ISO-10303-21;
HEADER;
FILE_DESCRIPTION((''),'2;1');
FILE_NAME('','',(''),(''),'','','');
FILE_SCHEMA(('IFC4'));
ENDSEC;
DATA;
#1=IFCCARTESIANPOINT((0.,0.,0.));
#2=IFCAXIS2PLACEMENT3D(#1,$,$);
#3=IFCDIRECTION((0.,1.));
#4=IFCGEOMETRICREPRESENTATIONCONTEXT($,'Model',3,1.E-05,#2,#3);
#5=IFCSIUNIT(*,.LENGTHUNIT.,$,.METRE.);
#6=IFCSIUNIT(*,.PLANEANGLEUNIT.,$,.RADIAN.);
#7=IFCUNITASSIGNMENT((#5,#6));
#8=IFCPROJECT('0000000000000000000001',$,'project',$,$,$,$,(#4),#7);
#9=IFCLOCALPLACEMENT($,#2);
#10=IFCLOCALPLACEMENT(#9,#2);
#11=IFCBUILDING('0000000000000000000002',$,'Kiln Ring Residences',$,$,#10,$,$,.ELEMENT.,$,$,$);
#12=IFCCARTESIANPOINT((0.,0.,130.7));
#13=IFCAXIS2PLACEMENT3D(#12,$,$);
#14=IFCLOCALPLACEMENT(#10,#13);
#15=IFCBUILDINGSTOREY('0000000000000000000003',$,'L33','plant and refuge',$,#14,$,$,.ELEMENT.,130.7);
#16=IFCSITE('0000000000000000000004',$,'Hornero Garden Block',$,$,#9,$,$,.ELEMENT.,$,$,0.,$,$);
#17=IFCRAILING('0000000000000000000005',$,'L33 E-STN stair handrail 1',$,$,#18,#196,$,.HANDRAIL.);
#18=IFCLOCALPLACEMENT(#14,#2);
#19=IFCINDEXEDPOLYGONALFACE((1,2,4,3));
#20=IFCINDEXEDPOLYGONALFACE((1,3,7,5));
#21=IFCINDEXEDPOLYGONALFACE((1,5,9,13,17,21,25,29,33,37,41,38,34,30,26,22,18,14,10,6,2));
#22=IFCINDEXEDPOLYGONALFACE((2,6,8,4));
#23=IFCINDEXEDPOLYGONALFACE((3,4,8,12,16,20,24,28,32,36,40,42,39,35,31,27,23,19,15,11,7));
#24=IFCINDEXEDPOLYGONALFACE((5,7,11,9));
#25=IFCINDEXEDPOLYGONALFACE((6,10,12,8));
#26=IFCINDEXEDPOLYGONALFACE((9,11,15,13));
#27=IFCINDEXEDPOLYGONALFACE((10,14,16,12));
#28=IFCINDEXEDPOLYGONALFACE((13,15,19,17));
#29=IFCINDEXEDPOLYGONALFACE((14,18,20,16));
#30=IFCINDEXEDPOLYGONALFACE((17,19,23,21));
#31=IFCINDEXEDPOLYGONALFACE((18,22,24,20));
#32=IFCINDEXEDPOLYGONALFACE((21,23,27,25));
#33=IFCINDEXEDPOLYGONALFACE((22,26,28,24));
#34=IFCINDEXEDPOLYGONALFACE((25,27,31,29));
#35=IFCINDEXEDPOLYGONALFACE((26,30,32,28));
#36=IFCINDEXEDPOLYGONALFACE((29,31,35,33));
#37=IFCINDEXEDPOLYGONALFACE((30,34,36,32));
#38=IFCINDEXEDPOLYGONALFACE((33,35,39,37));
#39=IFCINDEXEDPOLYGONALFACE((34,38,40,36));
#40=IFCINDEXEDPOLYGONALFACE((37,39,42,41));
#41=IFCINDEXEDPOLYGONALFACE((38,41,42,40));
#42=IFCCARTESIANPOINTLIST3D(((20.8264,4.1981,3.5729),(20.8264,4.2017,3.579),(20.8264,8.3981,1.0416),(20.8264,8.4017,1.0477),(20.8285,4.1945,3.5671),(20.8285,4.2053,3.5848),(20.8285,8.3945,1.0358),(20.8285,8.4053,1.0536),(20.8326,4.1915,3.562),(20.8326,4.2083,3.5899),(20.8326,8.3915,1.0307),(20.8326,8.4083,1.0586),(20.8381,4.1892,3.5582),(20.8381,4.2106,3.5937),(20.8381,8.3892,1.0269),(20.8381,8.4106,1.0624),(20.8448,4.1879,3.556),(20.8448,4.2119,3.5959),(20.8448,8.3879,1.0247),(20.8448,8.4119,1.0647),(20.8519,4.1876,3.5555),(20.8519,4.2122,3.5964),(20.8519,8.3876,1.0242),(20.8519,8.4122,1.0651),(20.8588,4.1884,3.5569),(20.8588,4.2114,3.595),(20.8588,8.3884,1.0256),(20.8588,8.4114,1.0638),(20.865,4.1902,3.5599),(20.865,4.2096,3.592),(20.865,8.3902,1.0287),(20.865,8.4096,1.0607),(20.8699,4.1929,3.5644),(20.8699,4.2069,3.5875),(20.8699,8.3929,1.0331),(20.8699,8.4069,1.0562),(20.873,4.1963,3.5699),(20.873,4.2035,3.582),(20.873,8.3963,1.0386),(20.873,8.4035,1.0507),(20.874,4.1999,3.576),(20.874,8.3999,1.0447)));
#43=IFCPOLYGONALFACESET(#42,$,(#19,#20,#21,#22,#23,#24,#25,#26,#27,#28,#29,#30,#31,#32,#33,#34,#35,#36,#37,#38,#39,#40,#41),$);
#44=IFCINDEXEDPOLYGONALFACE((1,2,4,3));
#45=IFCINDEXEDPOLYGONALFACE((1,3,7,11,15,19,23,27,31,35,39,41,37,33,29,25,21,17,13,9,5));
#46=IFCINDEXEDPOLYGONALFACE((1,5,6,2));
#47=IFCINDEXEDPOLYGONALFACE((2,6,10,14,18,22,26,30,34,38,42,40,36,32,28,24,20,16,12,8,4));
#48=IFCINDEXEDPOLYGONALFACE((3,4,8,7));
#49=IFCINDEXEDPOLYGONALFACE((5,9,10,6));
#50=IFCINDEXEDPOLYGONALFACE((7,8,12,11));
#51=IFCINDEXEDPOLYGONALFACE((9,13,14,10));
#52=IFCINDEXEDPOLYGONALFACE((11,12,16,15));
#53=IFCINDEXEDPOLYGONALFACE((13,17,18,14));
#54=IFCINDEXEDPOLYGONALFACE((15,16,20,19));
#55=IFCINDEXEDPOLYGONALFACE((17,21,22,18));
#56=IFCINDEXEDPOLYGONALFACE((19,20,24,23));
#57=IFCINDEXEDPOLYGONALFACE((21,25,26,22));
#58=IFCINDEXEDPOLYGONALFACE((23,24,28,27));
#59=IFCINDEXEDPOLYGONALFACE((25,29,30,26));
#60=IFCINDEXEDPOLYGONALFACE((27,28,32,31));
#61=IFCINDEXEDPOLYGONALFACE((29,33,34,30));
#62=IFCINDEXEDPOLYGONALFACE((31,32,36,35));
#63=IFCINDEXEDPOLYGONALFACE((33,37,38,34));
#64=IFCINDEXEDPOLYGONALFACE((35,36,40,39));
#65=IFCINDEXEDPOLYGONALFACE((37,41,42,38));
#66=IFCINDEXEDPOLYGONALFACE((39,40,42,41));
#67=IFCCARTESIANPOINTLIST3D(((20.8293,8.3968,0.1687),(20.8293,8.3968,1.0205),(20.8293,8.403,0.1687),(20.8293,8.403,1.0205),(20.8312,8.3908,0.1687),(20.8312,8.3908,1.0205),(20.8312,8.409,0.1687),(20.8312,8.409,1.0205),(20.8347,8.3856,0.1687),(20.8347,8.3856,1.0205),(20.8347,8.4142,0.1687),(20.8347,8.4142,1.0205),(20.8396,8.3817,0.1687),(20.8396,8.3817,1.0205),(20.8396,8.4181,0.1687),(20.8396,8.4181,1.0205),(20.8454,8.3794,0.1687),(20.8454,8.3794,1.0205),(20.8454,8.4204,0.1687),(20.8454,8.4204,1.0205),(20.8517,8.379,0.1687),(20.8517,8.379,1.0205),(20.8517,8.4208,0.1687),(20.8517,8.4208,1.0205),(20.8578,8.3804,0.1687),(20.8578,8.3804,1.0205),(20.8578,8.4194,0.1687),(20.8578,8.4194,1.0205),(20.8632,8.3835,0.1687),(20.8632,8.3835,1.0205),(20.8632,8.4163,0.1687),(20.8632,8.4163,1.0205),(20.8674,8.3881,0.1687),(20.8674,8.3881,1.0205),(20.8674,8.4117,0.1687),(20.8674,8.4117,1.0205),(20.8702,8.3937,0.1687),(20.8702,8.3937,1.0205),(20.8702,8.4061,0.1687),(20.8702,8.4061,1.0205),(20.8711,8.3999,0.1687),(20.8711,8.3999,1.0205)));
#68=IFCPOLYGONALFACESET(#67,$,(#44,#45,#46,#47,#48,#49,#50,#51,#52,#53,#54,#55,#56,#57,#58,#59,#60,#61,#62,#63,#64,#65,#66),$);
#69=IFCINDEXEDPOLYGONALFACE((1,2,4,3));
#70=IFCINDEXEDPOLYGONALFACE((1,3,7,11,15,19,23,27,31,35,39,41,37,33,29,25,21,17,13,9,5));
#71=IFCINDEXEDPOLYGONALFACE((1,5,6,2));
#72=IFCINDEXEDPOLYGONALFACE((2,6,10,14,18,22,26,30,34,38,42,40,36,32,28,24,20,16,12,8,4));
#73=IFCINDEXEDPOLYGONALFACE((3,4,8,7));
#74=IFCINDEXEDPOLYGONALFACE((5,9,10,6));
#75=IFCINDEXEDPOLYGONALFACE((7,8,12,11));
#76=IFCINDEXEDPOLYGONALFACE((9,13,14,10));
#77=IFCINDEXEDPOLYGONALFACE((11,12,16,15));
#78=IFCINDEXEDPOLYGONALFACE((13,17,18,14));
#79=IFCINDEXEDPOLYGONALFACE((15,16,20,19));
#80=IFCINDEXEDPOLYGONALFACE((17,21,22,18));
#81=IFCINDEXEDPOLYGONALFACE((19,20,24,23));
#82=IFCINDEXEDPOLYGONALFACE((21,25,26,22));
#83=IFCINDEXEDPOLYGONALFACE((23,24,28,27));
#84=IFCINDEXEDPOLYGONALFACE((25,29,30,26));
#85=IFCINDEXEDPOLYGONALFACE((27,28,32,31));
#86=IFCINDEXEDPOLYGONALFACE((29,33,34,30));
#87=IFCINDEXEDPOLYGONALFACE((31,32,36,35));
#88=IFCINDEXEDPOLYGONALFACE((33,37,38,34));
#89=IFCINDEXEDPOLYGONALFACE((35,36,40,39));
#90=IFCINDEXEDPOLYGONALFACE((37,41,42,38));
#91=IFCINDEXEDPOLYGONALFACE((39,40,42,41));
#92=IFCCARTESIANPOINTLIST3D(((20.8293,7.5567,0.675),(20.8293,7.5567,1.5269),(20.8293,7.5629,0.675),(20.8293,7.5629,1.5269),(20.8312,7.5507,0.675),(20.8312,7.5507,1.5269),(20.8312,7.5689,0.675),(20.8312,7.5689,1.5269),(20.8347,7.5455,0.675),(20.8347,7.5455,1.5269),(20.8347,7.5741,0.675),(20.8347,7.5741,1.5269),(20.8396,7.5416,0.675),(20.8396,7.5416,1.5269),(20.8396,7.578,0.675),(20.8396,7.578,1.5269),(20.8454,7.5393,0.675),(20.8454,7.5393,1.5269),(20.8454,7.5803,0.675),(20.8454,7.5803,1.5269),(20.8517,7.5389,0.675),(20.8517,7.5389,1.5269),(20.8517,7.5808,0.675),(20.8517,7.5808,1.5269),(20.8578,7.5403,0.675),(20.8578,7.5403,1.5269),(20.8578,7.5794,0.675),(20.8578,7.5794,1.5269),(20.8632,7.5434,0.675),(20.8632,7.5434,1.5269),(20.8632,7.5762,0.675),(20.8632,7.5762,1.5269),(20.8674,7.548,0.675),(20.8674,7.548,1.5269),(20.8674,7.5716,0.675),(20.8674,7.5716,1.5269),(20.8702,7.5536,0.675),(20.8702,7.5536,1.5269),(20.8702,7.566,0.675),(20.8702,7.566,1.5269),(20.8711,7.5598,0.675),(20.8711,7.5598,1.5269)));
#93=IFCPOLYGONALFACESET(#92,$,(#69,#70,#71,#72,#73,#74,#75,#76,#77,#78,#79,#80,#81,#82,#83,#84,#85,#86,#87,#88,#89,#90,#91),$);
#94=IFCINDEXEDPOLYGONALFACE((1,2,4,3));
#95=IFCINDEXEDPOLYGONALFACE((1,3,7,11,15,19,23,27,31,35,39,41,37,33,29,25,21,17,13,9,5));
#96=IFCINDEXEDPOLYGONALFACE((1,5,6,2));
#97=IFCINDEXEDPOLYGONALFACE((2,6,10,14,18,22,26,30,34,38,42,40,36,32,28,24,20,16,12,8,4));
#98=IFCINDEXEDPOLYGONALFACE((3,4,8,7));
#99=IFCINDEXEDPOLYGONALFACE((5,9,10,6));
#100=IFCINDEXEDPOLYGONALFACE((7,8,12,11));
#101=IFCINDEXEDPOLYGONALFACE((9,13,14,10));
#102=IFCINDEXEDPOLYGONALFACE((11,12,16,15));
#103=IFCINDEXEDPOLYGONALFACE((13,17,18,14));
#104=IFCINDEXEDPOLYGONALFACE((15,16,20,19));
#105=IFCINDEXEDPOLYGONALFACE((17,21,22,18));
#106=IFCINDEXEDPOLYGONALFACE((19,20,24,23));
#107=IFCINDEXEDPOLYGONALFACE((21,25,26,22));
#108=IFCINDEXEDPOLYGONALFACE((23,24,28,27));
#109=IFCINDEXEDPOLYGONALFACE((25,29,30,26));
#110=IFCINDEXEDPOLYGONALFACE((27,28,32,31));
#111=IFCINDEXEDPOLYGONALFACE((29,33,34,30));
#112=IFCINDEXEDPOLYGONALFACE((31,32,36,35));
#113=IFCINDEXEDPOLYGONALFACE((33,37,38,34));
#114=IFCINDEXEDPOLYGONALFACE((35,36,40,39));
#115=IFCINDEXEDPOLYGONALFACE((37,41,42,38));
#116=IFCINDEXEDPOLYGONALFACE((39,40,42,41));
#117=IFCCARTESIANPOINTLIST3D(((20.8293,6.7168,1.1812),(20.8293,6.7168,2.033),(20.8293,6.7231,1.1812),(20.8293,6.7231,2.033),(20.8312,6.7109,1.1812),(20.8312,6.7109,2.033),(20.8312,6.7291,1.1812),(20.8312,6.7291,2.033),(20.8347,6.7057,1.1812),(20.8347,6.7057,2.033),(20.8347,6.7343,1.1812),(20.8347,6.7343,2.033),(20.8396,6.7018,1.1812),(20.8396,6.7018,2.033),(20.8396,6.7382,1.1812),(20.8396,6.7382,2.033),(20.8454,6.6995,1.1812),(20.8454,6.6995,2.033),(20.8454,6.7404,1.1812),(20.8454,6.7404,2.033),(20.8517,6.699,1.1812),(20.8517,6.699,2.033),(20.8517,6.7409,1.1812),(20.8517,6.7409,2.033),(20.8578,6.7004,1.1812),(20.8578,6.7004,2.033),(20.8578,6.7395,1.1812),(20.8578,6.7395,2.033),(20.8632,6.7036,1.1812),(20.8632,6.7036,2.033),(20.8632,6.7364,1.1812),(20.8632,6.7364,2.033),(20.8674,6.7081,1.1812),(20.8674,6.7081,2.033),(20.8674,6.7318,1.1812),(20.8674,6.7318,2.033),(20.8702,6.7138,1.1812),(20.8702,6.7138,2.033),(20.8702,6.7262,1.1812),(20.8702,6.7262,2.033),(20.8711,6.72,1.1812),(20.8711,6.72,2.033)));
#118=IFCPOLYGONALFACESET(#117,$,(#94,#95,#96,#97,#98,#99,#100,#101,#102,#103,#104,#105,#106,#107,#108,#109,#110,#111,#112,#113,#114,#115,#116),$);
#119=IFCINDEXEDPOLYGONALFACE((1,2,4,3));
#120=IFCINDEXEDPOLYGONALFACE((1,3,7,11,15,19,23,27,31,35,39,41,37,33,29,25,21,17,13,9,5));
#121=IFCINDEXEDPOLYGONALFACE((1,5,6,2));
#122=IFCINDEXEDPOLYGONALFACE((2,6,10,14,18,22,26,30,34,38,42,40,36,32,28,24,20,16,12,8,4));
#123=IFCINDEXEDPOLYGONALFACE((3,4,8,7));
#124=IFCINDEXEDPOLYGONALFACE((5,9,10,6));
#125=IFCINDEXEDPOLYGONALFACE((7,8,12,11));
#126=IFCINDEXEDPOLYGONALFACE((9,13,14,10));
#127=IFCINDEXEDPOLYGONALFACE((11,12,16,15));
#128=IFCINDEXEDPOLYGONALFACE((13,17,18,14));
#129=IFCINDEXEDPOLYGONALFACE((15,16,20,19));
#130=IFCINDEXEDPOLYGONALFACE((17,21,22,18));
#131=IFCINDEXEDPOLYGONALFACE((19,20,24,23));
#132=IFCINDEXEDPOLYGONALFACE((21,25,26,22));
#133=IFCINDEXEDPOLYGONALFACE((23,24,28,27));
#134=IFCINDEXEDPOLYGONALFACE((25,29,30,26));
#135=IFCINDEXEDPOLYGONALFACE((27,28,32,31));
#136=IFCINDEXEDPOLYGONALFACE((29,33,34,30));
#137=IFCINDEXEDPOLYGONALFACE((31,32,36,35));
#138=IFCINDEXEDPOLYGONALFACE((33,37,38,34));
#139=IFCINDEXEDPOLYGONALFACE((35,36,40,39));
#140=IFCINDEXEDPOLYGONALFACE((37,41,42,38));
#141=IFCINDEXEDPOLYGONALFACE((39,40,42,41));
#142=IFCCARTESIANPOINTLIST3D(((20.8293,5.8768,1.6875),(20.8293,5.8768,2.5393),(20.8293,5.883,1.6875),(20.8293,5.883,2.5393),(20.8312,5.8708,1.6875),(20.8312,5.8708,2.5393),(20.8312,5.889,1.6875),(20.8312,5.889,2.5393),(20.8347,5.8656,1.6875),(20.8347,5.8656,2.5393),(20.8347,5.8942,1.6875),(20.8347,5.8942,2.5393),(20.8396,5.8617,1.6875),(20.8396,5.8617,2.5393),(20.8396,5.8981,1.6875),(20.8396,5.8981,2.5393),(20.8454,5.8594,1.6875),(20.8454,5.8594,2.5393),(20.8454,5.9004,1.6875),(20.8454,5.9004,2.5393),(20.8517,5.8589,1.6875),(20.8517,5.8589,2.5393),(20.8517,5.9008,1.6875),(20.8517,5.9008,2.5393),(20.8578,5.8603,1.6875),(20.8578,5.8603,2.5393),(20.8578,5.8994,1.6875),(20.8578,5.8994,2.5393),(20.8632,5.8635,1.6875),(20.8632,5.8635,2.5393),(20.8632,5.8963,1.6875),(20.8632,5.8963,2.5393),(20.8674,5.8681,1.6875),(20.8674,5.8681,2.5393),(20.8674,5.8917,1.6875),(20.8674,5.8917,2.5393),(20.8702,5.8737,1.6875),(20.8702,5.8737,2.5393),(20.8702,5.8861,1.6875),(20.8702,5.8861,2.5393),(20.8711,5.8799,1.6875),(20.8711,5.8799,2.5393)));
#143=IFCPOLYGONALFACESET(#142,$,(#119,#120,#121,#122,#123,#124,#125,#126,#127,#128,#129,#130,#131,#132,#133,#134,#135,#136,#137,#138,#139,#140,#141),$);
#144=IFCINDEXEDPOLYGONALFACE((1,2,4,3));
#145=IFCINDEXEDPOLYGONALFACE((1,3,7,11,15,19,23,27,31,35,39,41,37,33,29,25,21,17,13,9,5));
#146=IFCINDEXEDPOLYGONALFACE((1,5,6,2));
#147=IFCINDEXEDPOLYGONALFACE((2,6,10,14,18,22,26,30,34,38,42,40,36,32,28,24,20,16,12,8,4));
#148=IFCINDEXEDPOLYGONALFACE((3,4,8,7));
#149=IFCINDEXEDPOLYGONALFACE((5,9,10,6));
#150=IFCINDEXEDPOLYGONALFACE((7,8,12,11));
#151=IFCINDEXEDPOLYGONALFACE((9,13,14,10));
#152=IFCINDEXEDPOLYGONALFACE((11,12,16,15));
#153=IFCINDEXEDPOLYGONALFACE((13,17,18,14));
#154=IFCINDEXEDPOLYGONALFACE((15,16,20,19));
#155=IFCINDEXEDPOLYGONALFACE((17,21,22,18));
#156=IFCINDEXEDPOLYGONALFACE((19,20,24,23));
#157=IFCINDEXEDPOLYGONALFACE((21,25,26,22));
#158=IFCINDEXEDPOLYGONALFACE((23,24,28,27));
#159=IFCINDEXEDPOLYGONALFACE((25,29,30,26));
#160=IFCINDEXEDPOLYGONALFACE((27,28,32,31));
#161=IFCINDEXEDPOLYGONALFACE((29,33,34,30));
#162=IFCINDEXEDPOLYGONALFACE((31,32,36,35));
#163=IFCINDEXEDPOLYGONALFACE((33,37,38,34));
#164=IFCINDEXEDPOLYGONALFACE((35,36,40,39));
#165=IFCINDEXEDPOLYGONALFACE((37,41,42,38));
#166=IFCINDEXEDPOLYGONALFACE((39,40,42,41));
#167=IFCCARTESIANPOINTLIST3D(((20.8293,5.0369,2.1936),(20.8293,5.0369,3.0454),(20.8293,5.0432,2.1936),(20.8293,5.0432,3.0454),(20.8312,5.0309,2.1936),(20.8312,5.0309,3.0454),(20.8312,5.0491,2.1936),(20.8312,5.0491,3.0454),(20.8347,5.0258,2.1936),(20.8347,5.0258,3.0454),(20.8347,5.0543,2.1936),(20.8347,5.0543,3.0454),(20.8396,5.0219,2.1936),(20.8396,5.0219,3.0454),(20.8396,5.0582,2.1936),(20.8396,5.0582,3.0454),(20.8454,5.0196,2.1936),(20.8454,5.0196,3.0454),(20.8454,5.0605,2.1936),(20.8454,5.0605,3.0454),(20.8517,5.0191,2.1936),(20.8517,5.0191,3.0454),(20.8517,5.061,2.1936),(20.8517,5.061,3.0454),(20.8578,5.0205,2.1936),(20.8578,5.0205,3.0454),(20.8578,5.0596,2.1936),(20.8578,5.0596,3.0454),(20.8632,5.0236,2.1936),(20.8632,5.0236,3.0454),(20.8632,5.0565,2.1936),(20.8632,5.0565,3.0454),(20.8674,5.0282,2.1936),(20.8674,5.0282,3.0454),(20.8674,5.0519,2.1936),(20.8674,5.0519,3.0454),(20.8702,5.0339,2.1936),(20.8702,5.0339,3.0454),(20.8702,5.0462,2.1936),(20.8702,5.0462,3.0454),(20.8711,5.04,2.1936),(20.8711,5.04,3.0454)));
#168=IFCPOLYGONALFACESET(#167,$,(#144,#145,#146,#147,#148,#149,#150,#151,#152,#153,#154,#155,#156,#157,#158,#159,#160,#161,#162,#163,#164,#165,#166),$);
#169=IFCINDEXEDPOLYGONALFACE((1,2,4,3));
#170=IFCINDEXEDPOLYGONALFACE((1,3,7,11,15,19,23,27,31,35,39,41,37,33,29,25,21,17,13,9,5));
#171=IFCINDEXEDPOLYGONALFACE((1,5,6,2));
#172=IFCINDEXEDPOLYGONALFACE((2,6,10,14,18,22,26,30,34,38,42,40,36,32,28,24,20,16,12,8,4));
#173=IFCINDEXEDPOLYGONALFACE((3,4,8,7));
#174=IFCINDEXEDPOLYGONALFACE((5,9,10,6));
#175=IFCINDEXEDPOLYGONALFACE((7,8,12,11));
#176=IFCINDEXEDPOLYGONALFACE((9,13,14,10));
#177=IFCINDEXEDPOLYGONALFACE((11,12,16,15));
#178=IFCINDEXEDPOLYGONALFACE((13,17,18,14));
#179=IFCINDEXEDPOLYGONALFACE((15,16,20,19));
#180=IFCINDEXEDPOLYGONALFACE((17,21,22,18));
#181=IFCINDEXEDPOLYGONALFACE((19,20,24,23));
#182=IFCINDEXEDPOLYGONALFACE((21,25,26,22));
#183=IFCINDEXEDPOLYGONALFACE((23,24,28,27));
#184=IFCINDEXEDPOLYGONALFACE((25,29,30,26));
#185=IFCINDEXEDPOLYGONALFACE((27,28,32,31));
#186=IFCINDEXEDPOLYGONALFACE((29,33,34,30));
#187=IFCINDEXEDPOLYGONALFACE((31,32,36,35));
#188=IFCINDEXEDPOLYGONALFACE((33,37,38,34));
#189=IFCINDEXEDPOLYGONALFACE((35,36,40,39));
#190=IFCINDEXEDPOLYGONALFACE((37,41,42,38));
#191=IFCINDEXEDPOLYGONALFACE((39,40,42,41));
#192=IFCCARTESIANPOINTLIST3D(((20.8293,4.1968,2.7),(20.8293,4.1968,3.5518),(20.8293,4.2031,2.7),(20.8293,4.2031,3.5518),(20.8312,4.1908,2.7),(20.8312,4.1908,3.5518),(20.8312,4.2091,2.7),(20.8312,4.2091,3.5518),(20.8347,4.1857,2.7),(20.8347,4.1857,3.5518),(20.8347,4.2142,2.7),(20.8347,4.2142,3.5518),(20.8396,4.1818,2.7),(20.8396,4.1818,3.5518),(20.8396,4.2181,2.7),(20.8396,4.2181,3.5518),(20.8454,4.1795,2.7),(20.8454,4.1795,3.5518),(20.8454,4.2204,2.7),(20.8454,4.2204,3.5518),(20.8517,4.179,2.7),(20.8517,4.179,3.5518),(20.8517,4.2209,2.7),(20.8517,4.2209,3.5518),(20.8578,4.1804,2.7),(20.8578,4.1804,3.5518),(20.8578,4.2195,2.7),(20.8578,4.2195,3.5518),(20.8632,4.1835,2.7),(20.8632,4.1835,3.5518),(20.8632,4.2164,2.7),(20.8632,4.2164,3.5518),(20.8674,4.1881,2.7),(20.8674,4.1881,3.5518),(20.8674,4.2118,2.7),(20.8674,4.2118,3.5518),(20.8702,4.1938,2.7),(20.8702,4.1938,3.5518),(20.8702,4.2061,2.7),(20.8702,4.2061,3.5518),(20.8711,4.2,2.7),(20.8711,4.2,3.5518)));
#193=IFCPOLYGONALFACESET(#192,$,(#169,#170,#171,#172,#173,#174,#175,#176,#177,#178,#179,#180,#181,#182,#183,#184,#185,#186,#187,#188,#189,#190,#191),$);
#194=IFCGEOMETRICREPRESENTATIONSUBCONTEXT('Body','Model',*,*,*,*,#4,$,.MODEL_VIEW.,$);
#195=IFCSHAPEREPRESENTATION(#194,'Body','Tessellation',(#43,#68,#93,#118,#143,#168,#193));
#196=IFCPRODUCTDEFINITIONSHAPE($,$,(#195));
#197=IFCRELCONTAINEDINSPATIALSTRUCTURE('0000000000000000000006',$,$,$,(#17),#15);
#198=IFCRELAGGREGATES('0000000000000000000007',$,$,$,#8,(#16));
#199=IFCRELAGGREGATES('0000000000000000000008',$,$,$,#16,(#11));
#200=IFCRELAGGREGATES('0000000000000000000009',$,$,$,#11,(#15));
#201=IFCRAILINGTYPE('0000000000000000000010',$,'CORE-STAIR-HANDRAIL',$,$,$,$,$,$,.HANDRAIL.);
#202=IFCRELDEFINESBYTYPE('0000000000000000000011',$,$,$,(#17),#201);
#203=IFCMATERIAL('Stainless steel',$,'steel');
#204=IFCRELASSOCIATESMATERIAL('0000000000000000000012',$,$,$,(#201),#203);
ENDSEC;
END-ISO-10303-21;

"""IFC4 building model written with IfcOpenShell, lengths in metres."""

from ifc_helpers import new_model, si_unit, direction, frame, origin, origin_2d, place, context, subcontext, project, spatial, circle, extrude, material, type_object, element, save


model = new_model("IFC4")

# Units and contexts
model_context = context("Model", 3, precision=1e-05, world=origin(), true_north=direction((0.0, 1.0)))
body_context = subcontext(model_context, "Body", "Model", "MODEL_VIEW")
ifc_project = project(units=[si_unit("LENGTHUNIT", "METRE"), si_unit("PLANEANGLEUNIT", "RADIAN")], contexts=[model_context])

# Site, building, storey
site_placement = place(None, origin())
site = spatial("IfcSite", under=ifc_project, at=site_placement, Name="Hornero Garden Block", CompositionType="ELEMENT", RefElevation=0.0)
building_placement = place(site_placement, origin())
building = spatial("IfcBuilding", under=site, at=building_placement, Name="Kiln Ring Residences", CompositionType="ELEMENT")
storey_placement = place(building_placement, frame((0.0, 0.0, 130.7)))
storey = spatial("IfcBuildingStorey", under=building, at=storey_placement, Name="L33", Description="plant and refuge", CompositionType="ELEMENT", Elevation=130.7)

# Railing
ifc_material_1 = material(Name="Stainless steel", Category="steel")
railing_type_1 = type_object("IfcRailingType", Name="CORE-STAIR-HANDRAIL", PredefinedType="HANDRAIL", material=ifc_material_1)
railing_1_placement = place(storey_placement, frame((20.8501, 8.3999, 0.1687)))
element("IfcRailing", 1, at=railing_1_placement, inside=storey, type_object=railing_type_1, Name="L33 E-STN stair handrail 1", PredefinedType="HANDRAIL", context=body_context, shape_type="SweptSolid", body=[
    extrude(circle(Radius=0.0239, at=origin_2d()), frame((0.0, 0.0, 0.876), z_axis=(0.0, -0.856476, 0.516186), x_axis=(1.0, 0.0, 0.0)), (0.0, 0.0, 1.0), 4.9038),
    extrude(circle(Radius=0.021, at=origin_2d()), origin(), (0.0, 0.0, 1.0), 0.8518),
    extrude(circle(Radius=0.021, at=origin_2d()), frame((0.0, -0.8401, 0.5063)), (0.0, 0.0, 1.0), 0.8518),
    extrude(circle(Radius=0.021, at=origin_2d()), frame((0.0, -1.6799, 1.0125)), (0.0, 0.0, 1.0), 0.8518),
    extrude(circle(Radius=0.021, at=origin_2d()), frame((0.0, -2.52, 1.5188)), (0.0, 0.0, 1.0), 0.8518),
    extrude(circle(Radius=0.021, at=origin_2d()), frame((0.0, -3.3599, 2.0249)), (0.0, 0.0, 1.0), 0.8518),
    extrude(circle(Radius=0.021, at=origin_2d()), frame((0.0, -4.2, 2.5312)), (0.0, 0.0, 1.0), 0.8518),
])

save(model, "model.ifc")
